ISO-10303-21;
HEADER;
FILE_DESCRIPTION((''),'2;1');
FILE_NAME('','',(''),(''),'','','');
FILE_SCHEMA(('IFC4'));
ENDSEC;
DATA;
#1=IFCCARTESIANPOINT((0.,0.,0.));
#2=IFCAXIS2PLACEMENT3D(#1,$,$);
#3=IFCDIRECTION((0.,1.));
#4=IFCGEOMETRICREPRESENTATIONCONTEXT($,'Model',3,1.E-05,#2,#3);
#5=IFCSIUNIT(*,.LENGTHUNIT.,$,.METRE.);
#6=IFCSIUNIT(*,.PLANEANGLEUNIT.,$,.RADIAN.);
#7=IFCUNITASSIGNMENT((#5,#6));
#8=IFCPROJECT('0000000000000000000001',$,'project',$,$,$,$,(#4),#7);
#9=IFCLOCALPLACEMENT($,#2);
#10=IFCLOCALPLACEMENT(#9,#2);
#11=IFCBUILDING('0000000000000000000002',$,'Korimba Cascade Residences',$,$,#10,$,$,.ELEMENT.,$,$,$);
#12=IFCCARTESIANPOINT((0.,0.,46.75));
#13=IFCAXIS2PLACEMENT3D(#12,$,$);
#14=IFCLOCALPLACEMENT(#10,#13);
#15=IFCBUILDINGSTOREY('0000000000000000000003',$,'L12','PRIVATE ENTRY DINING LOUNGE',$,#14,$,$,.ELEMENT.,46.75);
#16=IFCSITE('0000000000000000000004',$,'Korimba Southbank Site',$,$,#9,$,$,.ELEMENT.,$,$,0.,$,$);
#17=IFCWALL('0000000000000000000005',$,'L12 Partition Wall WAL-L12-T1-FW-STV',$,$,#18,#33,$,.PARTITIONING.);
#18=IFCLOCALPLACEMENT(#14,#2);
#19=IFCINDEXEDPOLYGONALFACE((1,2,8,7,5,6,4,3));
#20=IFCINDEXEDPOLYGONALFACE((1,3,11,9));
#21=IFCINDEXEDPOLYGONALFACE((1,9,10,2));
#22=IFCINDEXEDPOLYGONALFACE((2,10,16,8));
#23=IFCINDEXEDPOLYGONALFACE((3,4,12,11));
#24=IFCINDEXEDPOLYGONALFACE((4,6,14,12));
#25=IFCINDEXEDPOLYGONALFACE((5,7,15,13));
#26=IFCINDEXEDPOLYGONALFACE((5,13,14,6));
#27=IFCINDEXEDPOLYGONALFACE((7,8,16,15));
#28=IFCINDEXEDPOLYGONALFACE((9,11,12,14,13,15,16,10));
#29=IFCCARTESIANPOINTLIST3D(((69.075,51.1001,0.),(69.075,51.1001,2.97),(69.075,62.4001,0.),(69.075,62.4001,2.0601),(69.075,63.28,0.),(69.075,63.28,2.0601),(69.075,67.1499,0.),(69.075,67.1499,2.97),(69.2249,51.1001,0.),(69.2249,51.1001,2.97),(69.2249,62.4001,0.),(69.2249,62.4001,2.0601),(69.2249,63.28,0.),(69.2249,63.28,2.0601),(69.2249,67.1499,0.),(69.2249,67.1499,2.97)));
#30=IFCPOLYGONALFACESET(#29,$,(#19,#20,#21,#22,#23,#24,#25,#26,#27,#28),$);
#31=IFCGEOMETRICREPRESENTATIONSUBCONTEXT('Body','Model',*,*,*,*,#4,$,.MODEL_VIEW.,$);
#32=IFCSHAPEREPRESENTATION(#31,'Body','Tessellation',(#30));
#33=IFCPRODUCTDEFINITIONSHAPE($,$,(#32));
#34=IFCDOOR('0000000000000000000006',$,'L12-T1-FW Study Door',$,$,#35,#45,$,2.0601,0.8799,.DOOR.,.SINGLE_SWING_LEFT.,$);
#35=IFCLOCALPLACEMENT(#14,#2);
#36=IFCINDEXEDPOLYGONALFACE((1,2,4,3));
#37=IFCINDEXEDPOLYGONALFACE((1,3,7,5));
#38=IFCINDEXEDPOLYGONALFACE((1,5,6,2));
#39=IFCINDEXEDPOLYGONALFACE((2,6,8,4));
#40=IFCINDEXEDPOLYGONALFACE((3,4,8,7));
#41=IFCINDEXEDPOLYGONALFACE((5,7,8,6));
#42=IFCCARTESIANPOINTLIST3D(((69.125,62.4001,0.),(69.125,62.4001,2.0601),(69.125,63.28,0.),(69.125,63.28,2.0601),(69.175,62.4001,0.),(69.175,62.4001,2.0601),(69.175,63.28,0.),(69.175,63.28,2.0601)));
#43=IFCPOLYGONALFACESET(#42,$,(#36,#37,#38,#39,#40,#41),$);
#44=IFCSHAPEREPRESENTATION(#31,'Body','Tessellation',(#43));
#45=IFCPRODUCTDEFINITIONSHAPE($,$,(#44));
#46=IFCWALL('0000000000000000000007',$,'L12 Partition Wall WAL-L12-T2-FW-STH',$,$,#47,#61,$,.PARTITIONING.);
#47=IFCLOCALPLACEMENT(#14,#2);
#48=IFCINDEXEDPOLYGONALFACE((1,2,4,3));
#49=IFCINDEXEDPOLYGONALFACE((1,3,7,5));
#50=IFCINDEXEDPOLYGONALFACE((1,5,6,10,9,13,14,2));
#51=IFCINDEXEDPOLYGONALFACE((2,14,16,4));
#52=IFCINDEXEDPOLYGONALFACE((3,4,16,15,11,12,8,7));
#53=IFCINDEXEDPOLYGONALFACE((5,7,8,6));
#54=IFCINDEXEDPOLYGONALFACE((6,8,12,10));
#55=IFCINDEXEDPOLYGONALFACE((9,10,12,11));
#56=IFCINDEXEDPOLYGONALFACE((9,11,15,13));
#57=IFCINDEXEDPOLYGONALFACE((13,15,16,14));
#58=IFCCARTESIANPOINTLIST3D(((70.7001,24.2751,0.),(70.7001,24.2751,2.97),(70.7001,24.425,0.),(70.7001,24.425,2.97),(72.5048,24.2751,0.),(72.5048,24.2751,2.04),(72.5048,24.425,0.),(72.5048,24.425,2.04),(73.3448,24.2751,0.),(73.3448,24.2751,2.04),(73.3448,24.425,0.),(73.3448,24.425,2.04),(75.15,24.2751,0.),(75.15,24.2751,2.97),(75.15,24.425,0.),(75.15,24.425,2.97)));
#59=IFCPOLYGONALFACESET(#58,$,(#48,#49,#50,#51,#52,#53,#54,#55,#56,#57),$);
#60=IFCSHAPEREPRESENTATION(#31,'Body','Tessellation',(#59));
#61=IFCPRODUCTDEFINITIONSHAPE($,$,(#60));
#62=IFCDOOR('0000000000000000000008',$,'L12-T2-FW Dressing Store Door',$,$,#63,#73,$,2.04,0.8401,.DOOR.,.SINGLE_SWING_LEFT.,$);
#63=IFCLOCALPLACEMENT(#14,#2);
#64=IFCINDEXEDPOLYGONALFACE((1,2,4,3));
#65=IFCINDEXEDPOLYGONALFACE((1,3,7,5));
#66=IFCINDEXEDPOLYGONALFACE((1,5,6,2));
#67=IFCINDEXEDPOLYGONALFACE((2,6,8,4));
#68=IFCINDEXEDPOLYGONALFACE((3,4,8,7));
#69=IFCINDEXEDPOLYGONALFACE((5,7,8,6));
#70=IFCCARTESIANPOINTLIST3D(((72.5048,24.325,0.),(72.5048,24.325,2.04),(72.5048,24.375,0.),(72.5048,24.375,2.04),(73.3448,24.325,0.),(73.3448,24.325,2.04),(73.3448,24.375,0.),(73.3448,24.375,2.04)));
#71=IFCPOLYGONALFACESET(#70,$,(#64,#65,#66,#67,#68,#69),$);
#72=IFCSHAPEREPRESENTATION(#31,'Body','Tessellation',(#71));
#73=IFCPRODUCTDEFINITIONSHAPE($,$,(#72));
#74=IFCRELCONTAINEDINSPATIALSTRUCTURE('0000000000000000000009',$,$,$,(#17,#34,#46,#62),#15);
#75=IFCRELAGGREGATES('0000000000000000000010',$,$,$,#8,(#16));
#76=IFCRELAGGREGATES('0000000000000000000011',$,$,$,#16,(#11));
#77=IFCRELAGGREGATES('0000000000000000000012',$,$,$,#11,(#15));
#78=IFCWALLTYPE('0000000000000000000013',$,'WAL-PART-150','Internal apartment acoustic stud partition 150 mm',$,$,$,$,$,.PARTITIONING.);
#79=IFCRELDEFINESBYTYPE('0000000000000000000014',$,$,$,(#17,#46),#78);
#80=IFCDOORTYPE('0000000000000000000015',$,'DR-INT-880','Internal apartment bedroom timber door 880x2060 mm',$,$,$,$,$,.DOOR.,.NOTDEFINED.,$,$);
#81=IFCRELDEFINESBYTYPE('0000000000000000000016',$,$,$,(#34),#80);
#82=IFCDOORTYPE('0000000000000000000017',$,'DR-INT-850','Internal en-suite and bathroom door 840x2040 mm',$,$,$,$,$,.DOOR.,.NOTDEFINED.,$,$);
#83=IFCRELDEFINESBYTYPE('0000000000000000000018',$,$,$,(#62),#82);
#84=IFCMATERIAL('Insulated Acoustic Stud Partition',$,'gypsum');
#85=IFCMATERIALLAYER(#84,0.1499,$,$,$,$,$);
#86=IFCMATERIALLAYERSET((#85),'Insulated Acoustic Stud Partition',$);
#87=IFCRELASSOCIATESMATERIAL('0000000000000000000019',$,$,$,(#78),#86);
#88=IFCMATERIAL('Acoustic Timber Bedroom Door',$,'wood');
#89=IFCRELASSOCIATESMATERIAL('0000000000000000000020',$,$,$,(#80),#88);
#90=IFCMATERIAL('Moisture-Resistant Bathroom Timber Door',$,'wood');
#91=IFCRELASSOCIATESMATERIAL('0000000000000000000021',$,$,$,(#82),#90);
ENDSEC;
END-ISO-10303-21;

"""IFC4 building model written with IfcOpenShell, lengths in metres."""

from ifc_helpers import new_model, si_unit, direction, frame, frame_2d, origin, place, context, subcontext, project, spatial, rectangle, extrude, material, layer, layer_set, type_object, element, fill, save


model = new_model("IFC4")

# Units and contexts
model_context = context("Model", 3, precision=1e-05, world=origin(), true_north=direction((0.0, 1.0)))
body_context = subcontext(model_context, "Body", "Model", "MODEL_VIEW")
ifc_project = project(units=[si_unit("LENGTHUNIT", "METRE"), si_unit("PLANEANGLEUNIT", "RADIAN")], contexts=[model_context])

# Site, building, storey
site_placement = place(None, origin())
site = spatial("IfcSite", under=ifc_project, at=site_placement, Name="Korimba Southbank Site", CompositionType="ELEMENT", RefElevation=0.0)
building_placement = place(site_placement, origin())
building = spatial("IfcBuilding", under=site, at=building_placement, Name="Korimba Cascade Residences", CompositionType="ELEMENT")
storey_placement = place(building_placement, frame((0.0, 0.0, 46.75)))
storey = spatial("IfcBuildingStorey", under=building, at=storey_placement, Name="L12", Description="PRIVATE ENTRY DINING LOUNGE", CompositionType="ELEMENT", Elevation=46.75)

# Walls, openings, doors
ifc_material_1 = material(Name="Insulated Acoustic Stud Partition", Category="gypsum")
ifc_layer_1 = layer(ifc_material_1, 0.1499)
ifc_layer_set_1 = layer_set([ifc_layer_1], Name="Insulated Acoustic Stud Partition")
wall_type_1 = type_object("IfcWallType", Name="WAL-PART-150", Description="Internal apartment acoustic stud partition 150 mm", PredefinedType="PARTITIONING", material=ifc_layer_set_1)
wall_1_placement = place(storey_placement, frame((69.1499, 51.1001, 0.0), z_axis=(0.0, 0.0, 1.0), x_axis=(0.0, 1.0, 0.0)))
wall_1 = element("IfcWall", 1, at=wall_1_placement, inside=storey, type_object=wall_type_1, Name="L12 Partition Wall WAL-L12-T1-FW-STV", PredefinedType="PARTITIONING", context=body_context, shape_type="SweptSolid", body=[
    extrude(rectangle(XDim=16.0498, YDim=0.1499, at=frame_2d((8.0249, 0.0))), origin(), (0.0, 0.0, 1.0), 2.97),
])
opening_1_placement = place(wall_1_placement, frame((11.3, 0.0, 0.0)))
opening_1 = element("IfcOpeningElement", 2, at=opening_1_placement, cuts=wall_1, PredefinedType="OPENING", context=body_context, shape_type="SweptSolid", body=[
    extrude(rectangle(XDim=0.8799, YDim=2.0601, at=frame_2d((0.4399, 1.03))), frame((0.0, 0.085, 0.0), z_axis=(0.0, -1.0, 0.0), x_axis=(1.0, 0.0, 0.0)), (0.0, 0.0, 1.0), 0.1699),
])
ifc_material_2 = material(Name="Acoustic Timber Bedroom Door", Category="wood")
door_type_1 = type_object("IfcDoorType", Name="DR-INT-880", Description="Internal apartment bedroom timber door 880x2060 mm", OperationType="NOTDEFINED", PredefinedType="DOOR", material=ifc_material_2)
door_1_placement = place(opening_1_placement, origin())
door_1 = element("IfcDoor", 3, at=door_1_placement, inside=storey, type_object=door_type_1, Name="L12-T1-FW Study Door", OperationType="SINGLE_SWING_LEFT", OverallHeight=2.0601, OverallWidth=0.8799, PredefinedType="DOOR", context=body_context, shape_type="SweptSolid", body=[
    extrude(rectangle(XDim=0.8799, YDim=2.0601, at=frame_2d((0.4399, 1.03))), frame((0.0, 0.0249, 0.0), z_axis=(0.0, -1.0, 0.0), x_axis=(1.0, 0.0, 0.0)), (0.0, 0.0, 1.0), 0.05),
])
fill(opening_1, door_1)
wall_2_placement = place(storey_placement, frame((70.7, 24.3501, 0.0), z_axis=(0.0, 0.0, 1.0), x_axis=(1.0, 0.0, 0.0)))
wall_2 = element("IfcWall", 4, at=wall_2_placement, inside=storey, type_object=wall_type_1, Name="L12 Partition Wall WAL-L12-T2-FW-STH", PredefinedType="PARTITIONING", context=body_context, shape_type="SweptSolid", body=[
    extrude(rectangle(XDim=4.45, YDim=0.1499, at=frame_2d((2.2251, 0.0))), origin(), (0.0, 0.0, 1.0), 2.97),
])
opening_2_placement = place(wall_2_placement, frame((1.8049, 0.0, 0.0)))
opening_2 = element("IfcOpeningElement", 5, at=opening_2_placement, cuts=wall_2, PredefinedType="OPENING", context=body_context, shape_type="SweptSolid", body=[
    extrude(rectangle(XDim=0.8401, YDim=2.04, at=frame_2d((0.4199, 1.02))), frame((0.0, 0.085, 0.0), z_axis=(0.0, -1.0, 0.0), x_axis=(1.0, 0.0, 0.0)), (0.0, 0.0, 1.0), 0.1699),
])
ifc_material_3 = material(Name="Moisture-Resistant Bathroom Timber Door", Category="wood")
door_type_2 = type_object("IfcDoorType", Name="DR-INT-850", Description="Internal en-suite and bathroom door 840x2040 mm", OperationType="NOTDEFINED", PredefinedType="DOOR", material=ifc_material_3)
door_2_placement = place(opening_2_placement, origin())
door_2 = element("IfcDoor", 6, at=door_2_placement, inside=storey, type_object=door_type_2, Name="L12-T2-FW Dressing Store Door", OperationType="SINGLE_SWING_LEFT", OverallHeight=2.04, OverallWidth=0.8401, PredefinedType="DOOR", context=body_context, shape_type="SweptSolid", body=[
    extrude(rectangle(XDim=0.8401, YDim=2.04, at=frame_2d((0.4199, 1.02))), frame((0.0, 0.0249, 0.0), z_axis=(0.0, -1.0, 0.0), x_axis=(1.0, 0.0, 0.0)), (0.0, 0.0, 1.0), 0.05),
])
fill(opening_2, door_2)

save(model, "model.ifc")
